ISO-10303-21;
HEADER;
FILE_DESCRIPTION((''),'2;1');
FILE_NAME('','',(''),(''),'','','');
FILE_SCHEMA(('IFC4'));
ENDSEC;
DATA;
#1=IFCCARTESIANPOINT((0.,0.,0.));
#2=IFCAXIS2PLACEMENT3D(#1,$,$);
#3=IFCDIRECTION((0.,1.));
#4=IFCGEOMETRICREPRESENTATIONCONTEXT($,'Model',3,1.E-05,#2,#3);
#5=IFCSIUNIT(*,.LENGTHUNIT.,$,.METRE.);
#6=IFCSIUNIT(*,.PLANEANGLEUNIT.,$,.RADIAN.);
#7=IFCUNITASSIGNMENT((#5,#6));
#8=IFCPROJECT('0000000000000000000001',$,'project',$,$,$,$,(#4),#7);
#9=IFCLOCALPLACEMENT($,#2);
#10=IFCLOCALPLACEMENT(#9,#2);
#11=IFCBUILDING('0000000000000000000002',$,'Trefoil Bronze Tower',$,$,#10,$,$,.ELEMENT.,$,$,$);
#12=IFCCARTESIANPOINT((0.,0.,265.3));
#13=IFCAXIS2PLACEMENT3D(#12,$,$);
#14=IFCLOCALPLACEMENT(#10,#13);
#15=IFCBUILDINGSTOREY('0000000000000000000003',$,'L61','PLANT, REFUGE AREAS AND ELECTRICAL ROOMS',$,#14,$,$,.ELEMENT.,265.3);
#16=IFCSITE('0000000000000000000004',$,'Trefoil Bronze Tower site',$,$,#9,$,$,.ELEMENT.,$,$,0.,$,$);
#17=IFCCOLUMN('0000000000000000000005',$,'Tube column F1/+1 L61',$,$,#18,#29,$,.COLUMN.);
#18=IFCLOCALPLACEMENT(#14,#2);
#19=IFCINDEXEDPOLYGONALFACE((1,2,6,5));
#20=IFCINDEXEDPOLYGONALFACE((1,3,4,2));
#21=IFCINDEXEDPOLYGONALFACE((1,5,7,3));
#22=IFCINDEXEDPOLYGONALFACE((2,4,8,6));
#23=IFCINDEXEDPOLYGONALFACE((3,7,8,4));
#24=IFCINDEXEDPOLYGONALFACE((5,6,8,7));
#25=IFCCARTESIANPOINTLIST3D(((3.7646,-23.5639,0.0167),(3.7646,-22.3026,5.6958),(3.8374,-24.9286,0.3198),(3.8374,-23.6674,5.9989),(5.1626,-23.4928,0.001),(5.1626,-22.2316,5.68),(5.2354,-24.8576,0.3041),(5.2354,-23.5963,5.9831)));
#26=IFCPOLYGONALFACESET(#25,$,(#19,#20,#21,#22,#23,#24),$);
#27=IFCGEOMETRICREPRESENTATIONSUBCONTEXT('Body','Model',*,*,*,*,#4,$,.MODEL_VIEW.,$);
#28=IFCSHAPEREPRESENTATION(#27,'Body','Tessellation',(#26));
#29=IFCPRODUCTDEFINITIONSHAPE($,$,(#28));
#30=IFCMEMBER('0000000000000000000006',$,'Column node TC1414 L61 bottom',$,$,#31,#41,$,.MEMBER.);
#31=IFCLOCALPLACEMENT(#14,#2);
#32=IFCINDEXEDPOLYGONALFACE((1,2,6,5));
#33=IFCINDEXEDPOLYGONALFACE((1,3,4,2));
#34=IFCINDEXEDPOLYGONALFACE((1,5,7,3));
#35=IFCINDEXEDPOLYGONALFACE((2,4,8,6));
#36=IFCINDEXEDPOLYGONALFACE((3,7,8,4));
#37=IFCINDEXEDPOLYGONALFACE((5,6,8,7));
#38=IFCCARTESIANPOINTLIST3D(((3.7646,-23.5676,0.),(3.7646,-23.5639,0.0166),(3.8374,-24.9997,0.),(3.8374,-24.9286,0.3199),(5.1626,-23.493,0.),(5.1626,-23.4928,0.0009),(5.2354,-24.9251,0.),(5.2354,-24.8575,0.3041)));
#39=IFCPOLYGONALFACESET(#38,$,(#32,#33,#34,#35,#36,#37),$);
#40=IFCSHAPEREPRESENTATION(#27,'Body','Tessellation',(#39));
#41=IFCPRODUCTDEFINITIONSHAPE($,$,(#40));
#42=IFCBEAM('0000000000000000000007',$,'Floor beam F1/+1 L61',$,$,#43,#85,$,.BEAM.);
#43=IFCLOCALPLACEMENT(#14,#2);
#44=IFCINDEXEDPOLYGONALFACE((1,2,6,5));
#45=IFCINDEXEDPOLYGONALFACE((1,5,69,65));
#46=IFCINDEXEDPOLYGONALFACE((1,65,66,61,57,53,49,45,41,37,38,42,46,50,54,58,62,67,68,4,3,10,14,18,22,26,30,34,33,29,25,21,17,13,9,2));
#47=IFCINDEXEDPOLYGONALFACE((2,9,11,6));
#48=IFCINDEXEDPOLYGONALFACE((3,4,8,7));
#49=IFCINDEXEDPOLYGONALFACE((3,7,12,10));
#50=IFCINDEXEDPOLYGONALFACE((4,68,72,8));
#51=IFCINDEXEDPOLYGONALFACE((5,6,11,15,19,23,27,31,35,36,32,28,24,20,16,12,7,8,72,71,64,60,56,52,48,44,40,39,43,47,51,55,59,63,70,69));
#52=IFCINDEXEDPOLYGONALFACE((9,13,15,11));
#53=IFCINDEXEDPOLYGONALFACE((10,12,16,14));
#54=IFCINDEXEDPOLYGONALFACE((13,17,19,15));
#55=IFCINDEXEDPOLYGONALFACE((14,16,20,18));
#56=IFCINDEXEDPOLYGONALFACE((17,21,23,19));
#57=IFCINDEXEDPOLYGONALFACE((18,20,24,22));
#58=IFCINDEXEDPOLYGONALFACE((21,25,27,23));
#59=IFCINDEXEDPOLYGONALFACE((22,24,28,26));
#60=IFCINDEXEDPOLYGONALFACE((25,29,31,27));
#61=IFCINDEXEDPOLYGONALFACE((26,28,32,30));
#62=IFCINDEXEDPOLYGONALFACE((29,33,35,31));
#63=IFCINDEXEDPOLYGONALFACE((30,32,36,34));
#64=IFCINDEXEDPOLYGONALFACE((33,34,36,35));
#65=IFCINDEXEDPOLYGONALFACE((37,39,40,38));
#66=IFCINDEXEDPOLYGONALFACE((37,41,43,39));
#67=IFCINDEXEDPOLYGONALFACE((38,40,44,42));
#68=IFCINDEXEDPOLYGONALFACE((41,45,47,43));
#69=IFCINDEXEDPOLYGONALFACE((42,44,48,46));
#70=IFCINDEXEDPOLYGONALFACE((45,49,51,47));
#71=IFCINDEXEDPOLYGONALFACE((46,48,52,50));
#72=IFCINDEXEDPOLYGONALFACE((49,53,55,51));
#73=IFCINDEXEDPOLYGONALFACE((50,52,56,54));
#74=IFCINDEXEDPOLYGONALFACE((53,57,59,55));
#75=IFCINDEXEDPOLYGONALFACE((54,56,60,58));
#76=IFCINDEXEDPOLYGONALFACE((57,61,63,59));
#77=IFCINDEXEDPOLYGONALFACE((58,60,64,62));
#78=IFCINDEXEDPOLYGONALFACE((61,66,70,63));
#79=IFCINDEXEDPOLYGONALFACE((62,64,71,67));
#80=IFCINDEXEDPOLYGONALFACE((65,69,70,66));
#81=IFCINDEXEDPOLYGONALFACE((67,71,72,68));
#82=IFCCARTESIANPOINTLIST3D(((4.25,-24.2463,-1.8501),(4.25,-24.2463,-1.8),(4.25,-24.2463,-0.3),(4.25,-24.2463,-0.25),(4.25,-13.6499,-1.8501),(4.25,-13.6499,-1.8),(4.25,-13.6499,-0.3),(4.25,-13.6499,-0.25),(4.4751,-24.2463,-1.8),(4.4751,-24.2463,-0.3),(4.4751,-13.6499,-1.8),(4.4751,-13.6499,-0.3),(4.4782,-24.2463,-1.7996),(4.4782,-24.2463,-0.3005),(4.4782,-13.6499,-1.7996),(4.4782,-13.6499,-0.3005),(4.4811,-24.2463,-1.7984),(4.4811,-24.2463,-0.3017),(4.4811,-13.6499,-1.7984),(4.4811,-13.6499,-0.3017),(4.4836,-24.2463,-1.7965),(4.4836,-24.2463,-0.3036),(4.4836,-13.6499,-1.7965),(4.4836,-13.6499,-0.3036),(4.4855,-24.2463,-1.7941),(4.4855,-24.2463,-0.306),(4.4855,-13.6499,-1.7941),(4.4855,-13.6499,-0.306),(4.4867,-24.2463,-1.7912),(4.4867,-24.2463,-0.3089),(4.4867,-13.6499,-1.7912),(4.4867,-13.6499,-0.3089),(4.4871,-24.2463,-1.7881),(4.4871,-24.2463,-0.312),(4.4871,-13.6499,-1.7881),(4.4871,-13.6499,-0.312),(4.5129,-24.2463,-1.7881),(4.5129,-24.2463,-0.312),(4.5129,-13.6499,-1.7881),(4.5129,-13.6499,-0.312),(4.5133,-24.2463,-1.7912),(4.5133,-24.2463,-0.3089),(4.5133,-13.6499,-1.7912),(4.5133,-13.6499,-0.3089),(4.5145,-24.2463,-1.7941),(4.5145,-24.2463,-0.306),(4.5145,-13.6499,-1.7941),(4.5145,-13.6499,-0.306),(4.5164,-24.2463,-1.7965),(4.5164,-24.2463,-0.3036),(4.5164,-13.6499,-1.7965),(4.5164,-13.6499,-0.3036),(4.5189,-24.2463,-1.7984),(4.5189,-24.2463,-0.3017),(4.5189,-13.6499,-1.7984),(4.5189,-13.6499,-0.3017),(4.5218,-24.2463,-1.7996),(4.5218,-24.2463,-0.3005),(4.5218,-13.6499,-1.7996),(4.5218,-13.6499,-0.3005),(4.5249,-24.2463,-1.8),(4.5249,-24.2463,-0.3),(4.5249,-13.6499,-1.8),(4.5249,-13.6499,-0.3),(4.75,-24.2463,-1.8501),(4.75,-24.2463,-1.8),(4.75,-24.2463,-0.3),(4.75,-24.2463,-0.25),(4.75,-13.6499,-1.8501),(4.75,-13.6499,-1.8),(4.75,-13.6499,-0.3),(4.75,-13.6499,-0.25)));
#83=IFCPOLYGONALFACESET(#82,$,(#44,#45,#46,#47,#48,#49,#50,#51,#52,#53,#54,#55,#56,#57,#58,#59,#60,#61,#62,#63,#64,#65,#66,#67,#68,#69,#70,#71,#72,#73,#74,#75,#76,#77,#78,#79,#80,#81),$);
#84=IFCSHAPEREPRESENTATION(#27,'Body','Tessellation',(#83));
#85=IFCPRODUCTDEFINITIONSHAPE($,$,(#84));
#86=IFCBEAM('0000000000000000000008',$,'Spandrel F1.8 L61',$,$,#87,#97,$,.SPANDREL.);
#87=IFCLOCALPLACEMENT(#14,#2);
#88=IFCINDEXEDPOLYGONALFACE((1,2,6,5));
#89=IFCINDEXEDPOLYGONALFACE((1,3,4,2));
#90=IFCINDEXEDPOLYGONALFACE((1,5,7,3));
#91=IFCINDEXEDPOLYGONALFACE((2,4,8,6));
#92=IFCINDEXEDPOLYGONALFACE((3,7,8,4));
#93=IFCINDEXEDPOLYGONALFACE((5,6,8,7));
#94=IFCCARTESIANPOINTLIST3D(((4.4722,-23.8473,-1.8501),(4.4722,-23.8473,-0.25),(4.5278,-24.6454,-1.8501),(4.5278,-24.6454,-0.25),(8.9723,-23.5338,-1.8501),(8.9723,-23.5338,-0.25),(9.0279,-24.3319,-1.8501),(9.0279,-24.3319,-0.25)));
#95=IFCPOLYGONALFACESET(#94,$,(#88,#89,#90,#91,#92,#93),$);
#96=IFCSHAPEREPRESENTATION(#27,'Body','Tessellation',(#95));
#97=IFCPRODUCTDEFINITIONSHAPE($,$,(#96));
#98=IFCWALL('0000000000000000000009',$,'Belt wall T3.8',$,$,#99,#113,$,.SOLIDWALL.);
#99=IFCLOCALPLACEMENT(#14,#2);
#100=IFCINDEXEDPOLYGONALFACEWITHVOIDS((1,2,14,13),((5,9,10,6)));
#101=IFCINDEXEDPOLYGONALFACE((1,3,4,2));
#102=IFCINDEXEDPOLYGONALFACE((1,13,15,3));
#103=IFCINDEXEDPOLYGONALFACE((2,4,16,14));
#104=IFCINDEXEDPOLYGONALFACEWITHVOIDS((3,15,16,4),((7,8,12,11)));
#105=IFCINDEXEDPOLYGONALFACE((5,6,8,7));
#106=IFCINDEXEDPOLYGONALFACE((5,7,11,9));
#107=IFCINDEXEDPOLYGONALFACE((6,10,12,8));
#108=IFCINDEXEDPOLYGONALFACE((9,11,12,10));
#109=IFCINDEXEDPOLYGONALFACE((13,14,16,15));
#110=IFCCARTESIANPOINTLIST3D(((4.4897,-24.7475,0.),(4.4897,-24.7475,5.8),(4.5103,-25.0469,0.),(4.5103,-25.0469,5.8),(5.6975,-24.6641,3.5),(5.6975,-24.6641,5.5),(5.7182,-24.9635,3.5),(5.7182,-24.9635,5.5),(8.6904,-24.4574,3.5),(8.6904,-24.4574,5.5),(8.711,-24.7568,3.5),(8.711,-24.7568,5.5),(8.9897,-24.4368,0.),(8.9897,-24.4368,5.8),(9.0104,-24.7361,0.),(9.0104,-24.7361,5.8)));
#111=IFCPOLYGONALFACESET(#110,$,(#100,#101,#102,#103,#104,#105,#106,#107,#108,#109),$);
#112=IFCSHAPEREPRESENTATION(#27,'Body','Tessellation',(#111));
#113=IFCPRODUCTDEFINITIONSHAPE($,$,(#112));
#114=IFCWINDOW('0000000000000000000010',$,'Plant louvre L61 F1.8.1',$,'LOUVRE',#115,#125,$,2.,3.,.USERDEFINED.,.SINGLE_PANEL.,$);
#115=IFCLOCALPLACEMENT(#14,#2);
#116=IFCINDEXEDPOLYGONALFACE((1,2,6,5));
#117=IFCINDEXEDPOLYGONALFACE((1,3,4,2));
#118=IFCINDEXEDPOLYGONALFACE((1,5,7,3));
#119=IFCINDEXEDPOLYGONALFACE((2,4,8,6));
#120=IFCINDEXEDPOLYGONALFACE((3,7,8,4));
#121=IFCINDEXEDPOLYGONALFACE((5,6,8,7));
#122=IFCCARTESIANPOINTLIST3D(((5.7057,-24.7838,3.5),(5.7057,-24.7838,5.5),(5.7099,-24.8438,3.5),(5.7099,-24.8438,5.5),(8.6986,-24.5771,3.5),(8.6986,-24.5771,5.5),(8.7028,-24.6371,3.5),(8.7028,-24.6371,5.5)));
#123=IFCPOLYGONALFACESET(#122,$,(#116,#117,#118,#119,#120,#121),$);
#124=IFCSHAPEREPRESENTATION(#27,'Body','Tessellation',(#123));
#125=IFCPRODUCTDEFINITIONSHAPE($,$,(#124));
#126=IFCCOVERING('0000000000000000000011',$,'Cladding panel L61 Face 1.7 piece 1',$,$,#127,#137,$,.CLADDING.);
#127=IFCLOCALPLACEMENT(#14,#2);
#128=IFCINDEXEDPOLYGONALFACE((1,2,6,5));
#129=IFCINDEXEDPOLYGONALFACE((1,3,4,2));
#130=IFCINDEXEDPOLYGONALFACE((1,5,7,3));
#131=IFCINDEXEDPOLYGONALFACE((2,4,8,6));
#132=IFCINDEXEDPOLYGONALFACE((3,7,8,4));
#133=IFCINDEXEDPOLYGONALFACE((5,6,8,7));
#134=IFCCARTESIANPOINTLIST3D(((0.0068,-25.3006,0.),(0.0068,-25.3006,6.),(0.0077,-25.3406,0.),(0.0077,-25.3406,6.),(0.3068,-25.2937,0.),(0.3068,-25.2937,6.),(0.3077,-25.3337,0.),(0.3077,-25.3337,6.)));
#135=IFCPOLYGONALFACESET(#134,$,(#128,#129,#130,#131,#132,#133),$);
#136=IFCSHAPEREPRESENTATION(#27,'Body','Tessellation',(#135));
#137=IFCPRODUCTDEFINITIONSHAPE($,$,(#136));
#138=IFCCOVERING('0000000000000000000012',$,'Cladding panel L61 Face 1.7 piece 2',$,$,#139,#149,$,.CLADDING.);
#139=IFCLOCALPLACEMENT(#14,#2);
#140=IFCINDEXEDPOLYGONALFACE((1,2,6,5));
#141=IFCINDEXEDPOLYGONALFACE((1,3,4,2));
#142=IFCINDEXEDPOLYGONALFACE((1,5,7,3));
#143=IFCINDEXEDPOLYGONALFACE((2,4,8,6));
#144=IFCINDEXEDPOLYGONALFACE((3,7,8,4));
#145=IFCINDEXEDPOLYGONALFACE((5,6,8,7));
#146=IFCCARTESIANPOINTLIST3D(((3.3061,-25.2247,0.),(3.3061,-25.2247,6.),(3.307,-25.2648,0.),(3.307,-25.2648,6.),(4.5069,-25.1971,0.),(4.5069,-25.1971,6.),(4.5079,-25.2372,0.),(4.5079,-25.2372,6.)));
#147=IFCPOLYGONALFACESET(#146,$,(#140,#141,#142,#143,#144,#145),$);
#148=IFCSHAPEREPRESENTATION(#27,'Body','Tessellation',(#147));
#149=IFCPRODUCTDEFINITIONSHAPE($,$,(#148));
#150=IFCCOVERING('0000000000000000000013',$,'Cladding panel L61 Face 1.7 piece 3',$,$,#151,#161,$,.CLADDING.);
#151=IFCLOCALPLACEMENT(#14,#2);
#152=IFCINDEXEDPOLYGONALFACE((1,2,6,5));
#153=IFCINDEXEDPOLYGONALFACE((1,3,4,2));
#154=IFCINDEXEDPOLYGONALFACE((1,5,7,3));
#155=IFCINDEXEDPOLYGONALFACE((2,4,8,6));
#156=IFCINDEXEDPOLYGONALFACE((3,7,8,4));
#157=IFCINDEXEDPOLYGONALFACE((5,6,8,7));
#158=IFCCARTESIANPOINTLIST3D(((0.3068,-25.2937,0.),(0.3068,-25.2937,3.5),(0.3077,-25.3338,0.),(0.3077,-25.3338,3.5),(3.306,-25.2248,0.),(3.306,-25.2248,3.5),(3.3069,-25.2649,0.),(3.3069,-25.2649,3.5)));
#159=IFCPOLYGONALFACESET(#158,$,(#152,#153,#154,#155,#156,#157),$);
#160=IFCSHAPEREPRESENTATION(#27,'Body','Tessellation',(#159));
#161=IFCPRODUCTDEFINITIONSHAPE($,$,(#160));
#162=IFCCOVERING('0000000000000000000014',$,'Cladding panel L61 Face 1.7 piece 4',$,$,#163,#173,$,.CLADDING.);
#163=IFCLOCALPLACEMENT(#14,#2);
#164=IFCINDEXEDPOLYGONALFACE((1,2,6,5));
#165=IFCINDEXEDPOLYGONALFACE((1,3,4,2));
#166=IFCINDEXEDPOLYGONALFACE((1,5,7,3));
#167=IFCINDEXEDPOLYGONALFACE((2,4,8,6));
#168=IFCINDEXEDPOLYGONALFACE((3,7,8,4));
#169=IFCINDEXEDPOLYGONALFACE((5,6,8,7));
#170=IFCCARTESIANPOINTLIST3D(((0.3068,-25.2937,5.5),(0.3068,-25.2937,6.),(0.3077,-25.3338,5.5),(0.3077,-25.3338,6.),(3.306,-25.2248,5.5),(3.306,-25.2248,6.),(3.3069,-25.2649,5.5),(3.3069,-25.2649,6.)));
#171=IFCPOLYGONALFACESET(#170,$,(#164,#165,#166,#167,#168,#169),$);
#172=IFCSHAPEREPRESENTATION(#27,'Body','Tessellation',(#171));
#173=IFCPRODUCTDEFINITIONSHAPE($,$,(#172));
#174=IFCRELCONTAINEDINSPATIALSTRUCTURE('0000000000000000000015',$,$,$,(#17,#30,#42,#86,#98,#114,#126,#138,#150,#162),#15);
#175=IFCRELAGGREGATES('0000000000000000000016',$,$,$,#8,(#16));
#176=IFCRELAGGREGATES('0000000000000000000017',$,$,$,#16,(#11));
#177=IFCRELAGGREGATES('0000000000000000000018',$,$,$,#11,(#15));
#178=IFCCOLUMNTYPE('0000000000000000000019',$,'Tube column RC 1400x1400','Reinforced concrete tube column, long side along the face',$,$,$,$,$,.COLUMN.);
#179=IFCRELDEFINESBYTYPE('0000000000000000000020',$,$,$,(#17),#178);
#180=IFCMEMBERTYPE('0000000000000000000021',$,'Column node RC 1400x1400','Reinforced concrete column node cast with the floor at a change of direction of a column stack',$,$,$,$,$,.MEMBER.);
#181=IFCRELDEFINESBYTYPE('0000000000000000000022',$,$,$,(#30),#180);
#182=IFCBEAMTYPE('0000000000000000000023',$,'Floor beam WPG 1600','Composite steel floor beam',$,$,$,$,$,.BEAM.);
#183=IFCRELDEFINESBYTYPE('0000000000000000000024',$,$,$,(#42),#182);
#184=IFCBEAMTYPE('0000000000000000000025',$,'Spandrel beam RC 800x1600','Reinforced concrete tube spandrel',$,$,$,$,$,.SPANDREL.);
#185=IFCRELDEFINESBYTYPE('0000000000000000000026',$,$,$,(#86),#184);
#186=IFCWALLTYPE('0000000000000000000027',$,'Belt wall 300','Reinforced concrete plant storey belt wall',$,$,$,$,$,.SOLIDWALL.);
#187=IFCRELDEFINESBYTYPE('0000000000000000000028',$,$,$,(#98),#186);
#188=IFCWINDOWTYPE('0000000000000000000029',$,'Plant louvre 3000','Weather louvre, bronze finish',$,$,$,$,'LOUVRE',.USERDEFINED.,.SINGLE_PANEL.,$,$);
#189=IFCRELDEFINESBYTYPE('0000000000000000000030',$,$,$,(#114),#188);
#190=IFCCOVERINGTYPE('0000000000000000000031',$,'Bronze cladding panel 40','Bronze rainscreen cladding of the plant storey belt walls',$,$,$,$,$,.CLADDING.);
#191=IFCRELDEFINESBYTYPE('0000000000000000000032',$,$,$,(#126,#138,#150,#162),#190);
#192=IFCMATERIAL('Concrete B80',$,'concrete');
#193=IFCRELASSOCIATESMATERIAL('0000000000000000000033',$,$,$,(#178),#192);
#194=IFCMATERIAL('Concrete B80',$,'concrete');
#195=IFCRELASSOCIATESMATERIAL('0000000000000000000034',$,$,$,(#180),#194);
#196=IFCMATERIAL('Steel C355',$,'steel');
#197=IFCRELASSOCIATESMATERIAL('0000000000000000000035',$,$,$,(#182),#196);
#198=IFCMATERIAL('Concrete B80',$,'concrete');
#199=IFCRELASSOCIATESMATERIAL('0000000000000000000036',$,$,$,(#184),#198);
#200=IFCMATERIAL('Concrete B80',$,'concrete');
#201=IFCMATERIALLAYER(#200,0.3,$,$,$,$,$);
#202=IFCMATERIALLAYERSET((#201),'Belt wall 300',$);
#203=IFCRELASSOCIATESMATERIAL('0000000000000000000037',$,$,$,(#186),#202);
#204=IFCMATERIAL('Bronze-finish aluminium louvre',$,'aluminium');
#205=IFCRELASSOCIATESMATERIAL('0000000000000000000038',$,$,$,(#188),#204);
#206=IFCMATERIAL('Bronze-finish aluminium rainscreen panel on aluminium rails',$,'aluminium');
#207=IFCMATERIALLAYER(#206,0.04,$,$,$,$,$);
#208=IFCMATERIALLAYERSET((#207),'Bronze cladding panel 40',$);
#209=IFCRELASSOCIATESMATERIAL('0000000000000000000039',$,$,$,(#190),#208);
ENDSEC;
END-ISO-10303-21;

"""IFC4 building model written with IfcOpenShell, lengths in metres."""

from ifc_helpers import new_model, si_unit, direction, frame, frame_2d, origin, origin_2d, place, context, subcontext, project, spatial, rectangle, i_section, extrude, clip, halfspace, material, layer, layer_set, material_profile, profile_set, type_object, element, fill, save


model = new_model("IFC4")

# Units and contexts
model_context = context("Model", 3, precision=1e-05, world=origin(), true_north=direction((0.0, 1.0)))
body_context = subcontext(model_context, "Body", "Model", "MODEL_VIEW")
ifc_project = project(units=[si_unit("LENGTHUNIT", "METRE"), si_unit("PLANEANGLEUNIT", "RADIAN")], contexts=[model_context])

# Site, building, storey
site_placement = place(None, origin())
site = spatial("IfcSite", under=ifc_project, at=site_placement, Name="Trefoil Bronze Tower site", CompositionType="ELEMENT", RefElevation=0.0)
building_placement = place(site_placement, origin())
building = spatial("IfcBuilding", under=site, at=building_placement, Name="Trefoil Bronze Tower", CompositionType="ELEMENT")
storey_placement = place(building_placement, frame((0.0, 0.0, 265.3)))
storey = spatial("IfcBuildingStorey", under=building, at=storey_placement, Name="L61", Description="PLANT, REFUGE AREAS AND ELECTRICAL ROOMS", CompositionType="ELEMENT", Elevation=265.3)

# Column
ifc_material_1 = material(Name="Concrete B80", Category="concrete")
ifc_material_profile_1 = material_profile(ifc_material_1, rectangle(XDim=1.3999, YDim=1.3999, at=origin_2d()), Name="RC 1400x1400")
ifc_profile_set_1 = profile_set([ifc_material_profile_1], Name="Concrete B80")
column_type = type_object("IfcColumnType", Name="Tube column RC 1400x1400", Description="Reinforced concrete tube column, long side along the face", PredefinedType="COLUMN", material=ifc_profile_set_1)
column_placement = place(storey_placement, frame((4.5, -24.2463, 0.0), z_axis=(0.0, 0.216804, 0.976215), x_axis=(0.998647, 0.050756, -0.011272)))
element("IfcColumn", 1, at=column_placement, inside=storey, type_object=column_type, Name="Tube column F1/+1 L61", PredefinedType="COLUMN", context=body_context, shape_type="Clipping", body=[
    clip(clip(extrude(rectangle(XDim=1.3999, YDim=1.3999, at=origin_2d()), origin(), (0.0, 0.0, 1.0), 6.1462), halfspace(frame((0.0, 0.0, 0.1643), z_axis=(0.0, -0.000002, 1.0), x_axis=(0.0, 1.0, 0.000002)), True)), halfspace(frame((0.0, 0.0, 5.9817), z_axis=(0.0, 0.000002, -1.0), x_axis=(0.0, -1.0, -0.000002)), True)),
])

# Member
ifc_material_2 = material(Name="Concrete B80", Category="concrete")
ifc_material_profile_2 = material_profile(ifc_material_2, rectangle(XDim=1.3999, YDim=1.3999, at=origin_2d()), Name="RC 1400x1400")
ifc_profile_set_2 = profile_set([ifc_material_profile_2], Name="Concrete B80")
member_type = type_object("IfcMemberType", Name="Column node RC 1400x1400", Description="Reinforced concrete column node cast with the floor at a change of direction of a column stack", PredefinedType="MEMBER", material=ifc_profile_set_2)
member_placement = place(storey_placement, frame((4.5, -24.282, -0.1604), z_axis=(0.0, 0.21693, 0.976187), x_axis=(0.998647, 0.050755, -0.011279)))
element("IfcMember", 2, at=member_placement, inside=storey, type_object=member_type, Name="Column node TC1414 L61 bottom", PredefinedType="MEMBER", context=body_context, shape_type="Clipping", body=[
    clip(extrude(rectangle(XDim=1.3999, YDim=1.3999, at=origin_2d()), origin(), (0.0, 0.0, 1.0), 0.3286), halfspace(frame((0.0, 0.0, 0.1643), z_axis=(-0.011279, -0.216637, 0.976187), x_axis=(0.0, 0.976249, 0.216651)), True)),
])

# Beams
ifc_material_3 = material(Name="Steel C355", Category="steel")
ifc_material_profile_3 = material_profile(ifc_material_3, i_section(OverallWidth=0.5, OverallDepth=1.6001, WebThickness=0.0259, FlangeThickness=0.05, FilletRadius=0.012, at=origin_2d()), Name="WPG 1600")
ifc_profile_set_3 = profile_set([ifc_material_profile_3], Name="Steel C355")
beam_type_1 = type_object("IfcBeamType", Name="Floor beam WPG 1600", Description="Composite steel floor beam", PredefinedType="BEAM", material=ifc_profile_set_3)
beam_1_placement = place(storey_placement, frame((4.5, -24.2463, -1.05), z_axis=(0.0, 1.0, 0.0), x_axis=(-1.0, 0.0, 0.0)))
element("IfcBeam", 3, at=beam_1_placement, inside=storey, type_object=beam_type_1, Name="Floor beam F1/+1 L61", PredefinedType="BEAM", context=body_context, shape_type="SweptSolid", body=[
    extrude(i_section(OverallWidth=0.5, OverallDepth=1.6001, WebThickness=0.0259, FlangeThickness=0.05, FilletRadius=0.012, at=origin_2d()), origin(), (0.0, 0.0, 1.0), 10.5964),
])
ifc_material_4 = material(Name="Concrete B80", Category="concrete")
ifc_material_profile_4 = material_profile(ifc_material_4, rectangle(XDim=0.8, YDim=1.6001, at=origin_2d()), Name="RC 800x1600")
ifc_profile_set_4 = profile_set([ifc_material_profile_4], Name="Concrete B80")
beam_type_2 = type_object("IfcBeamType", Name="Spandrel beam RC 800x1600", Description="Reinforced concrete tube spandrel", PredefinedType="SPANDREL", material=ifc_profile_set_4)
beam_2_placement = place(storey_placement, frame((4.5, -24.2463, -1.05), z_axis=(0.997582, 0.069493, 0.0), x_axis=(-0.069493, 0.997582, 0.0)))
element("IfcBeam", 4, at=beam_2_placement, inside=storey, type_object=beam_type_2, Name="Spandrel F1.8 L61", PredefinedType="SPANDREL", context=body_context, shape_type="SweptSolid", body=[
    extrude(rectangle(XDim=0.8, YDim=1.6001, at=origin_2d()), origin(), (0.0, 0.0, 1.0), 4.511),
])

# Wall, opening, window
ifc_material_5 = material(Name="Concrete B80", Category="concrete")
ifc_layer_1 = layer(ifc_material_5, 0.3)
ifc_layer_set_1 = layer_set([ifc_layer_1], Name="Belt wall 300")
wall_type = type_object("IfcWallType", Name="Belt wall 300", Description="Reinforced concrete plant storey belt wall", PredefinedType="SOLIDWALL", material=ifc_layer_set_1)
wall_placement = place(storey_placement, frame((4.5, -24.8972, 0.0), z_axis=(0.0, 0.0, 1.0), x_axis=(0.997624, 0.068901, 0.0)))
wall = element("IfcWall", 5, at=wall_placement, inside=storey, type_object=wall_type, Name="Belt wall T3.8", PredefinedType="SOLIDWALL", context=body_context, shape_type="SweptSolid", body=[
    extrude(rectangle(XDim=4.5107, YDim=0.3, at=frame_2d((2.2554, 0.0))), origin(), (0.0, 0.0, 1.0), 5.8),
])
opening_placement = place(wall_placement, frame((1.2107, 0.0, 3.5)))
opening = element("IfcOpeningElement", 6, at=opening_placement, cuts=wall, PredefinedType="OPENING", context=body_context, shape_type="SweptSolid", body=[
    extrude(rectangle(XDim=3.0, YDim=2.0, at=frame_2d((1.5, 1.0))), frame((0.0, 0.1599, 0.0), z_axis=(0.0, -1.0, 0.0), x_axis=(1.0, 0.0, 0.0)), (0.0, 0.0, 1.0), 0.3201),
])
ifc_material_6 = material(Name="Bronze-finish aluminium louvre", Category="aluminium")
window_type = type_object("IfcWindowType", Name="Plant louvre 3000", Description="Weather louvre, bronze finish", ElementType="LOUVRE", PartitioningType="SINGLE_PANEL", PredefinedType="USERDEFINED", material=ifc_material_6)
window_placement = place(opening_placement, origin())
window = element("IfcWindow", 7, at=window_placement, inside=storey, type_object=window_type, Name="Plant louvre L61 F1.8.1", ObjectType="LOUVRE", OverallHeight=2.0, OverallWidth=3.0, PartitioningType="SINGLE_PANEL", PredefinedType="USERDEFINED", context=body_context, shape_type="SweptSolid", body=[
    extrude(rectangle(XDim=3.0, YDim=2.0, at=frame_2d((1.5, 1.0))), frame((0.0, 0.03, 0.0), z_axis=(0.0, -1.0, 0.0), x_axis=(1.0, 0.0, 0.0)), (0.0, 0.0, 1.0), 0.0601),
])
fill(opening, window)

# Coverings
ifc_material_7 = material(Name="Bronze-finish aluminium rainscreen panel on aluminium rails", Category="aluminium")
ifc_layer_2 = layer(ifc_material_7, 0.04)
ifc_layer_set_2 = layer_set([ifc_layer_2], Name="Bronze cladding panel 40")
covering_type_1 = type_object("IfcCoveringType", Name="Bronze cladding panel 40", Description="Bronze rainscreen cladding of the plant storey belt walls", PredefinedType="CLADDING", material=ifc_layer_set_2)
covering_1_placement = place(storey_placement, frame((0.1572, -25.3171, 0.0), z_axis=(0.0, 0.0, 1.0), x_axis=(0.999736, 0.022972, 0.0)))
element("IfcCovering", 8, at=covering_1_placement, inside=storey, type_object=covering_type_1, Name="Cladding panel L61 Face 1.7 piece 1", PredefinedType="CLADDING", context=body_context, shape_type="SweptSolid", body=[
    extrude(rectangle(XDim=0.3, YDim=0.04, at=origin_2d()), origin(), (0.0, 0.0, 1.0), 6.0),
])
covering_2_placement = place(storey_placement, frame((3.907, -25.231, 0.0), z_axis=(0.0, 0.0, 1.0), x_axis=(0.999736, 0.022972, 0.0)))
element("IfcCovering", 9, at=covering_2_placement, inside=storey, type_object=covering_type_1, Name="Cladding panel L61 Face 1.7 piece 2", PredefinedType="CLADDING", context=body_context, shape_type="SweptSolid", body=[
    extrude(rectangle(XDim=1.2012, YDim=0.04, at=origin_2d()), origin(), (0.0, 0.0, 1.0), 6.0),
])
covering_3_placement = place(storey_placement, frame((1.8069, -25.2793, 0.0), z_axis=(0.0, 0.0, 1.0), x_axis=(0.999736, 0.022972, 0.0)))
element("IfcCovering", 10, at=covering_3_placement, inside=storey, type_object=covering_type_1, Name="Cladding panel L61 Face 1.7 piece 3", PredefinedType="CLADDING", context=body_context, shape_type="SweptSolid", body=[
    extrude(rectangle(XDim=3.0, YDim=0.04, at=origin_2d()), origin(), (0.0, 0.0, 1.0), 3.5),
])
covering_4_placement = place(storey_placement, frame((1.8069, -25.2793, 5.5), z_axis=(0.0, 0.0, 1.0), x_axis=(0.999736, 0.022972, 0.0)))
element("IfcCovering", 11, at=covering_4_placement, inside=storey, type_object=covering_type_1, Name="Cladding panel L61 Face 1.7 piece 4", PredefinedType="CLADDING", context=body_context, shape_type="SweptSolid", body=[
    extrude(rectangle(XDim=3.0, YDim=0.04, at=origin_2d()), origin(), (0.0, 0.0, 1.0), 0.5),
])

save(model, "model.ifc")
